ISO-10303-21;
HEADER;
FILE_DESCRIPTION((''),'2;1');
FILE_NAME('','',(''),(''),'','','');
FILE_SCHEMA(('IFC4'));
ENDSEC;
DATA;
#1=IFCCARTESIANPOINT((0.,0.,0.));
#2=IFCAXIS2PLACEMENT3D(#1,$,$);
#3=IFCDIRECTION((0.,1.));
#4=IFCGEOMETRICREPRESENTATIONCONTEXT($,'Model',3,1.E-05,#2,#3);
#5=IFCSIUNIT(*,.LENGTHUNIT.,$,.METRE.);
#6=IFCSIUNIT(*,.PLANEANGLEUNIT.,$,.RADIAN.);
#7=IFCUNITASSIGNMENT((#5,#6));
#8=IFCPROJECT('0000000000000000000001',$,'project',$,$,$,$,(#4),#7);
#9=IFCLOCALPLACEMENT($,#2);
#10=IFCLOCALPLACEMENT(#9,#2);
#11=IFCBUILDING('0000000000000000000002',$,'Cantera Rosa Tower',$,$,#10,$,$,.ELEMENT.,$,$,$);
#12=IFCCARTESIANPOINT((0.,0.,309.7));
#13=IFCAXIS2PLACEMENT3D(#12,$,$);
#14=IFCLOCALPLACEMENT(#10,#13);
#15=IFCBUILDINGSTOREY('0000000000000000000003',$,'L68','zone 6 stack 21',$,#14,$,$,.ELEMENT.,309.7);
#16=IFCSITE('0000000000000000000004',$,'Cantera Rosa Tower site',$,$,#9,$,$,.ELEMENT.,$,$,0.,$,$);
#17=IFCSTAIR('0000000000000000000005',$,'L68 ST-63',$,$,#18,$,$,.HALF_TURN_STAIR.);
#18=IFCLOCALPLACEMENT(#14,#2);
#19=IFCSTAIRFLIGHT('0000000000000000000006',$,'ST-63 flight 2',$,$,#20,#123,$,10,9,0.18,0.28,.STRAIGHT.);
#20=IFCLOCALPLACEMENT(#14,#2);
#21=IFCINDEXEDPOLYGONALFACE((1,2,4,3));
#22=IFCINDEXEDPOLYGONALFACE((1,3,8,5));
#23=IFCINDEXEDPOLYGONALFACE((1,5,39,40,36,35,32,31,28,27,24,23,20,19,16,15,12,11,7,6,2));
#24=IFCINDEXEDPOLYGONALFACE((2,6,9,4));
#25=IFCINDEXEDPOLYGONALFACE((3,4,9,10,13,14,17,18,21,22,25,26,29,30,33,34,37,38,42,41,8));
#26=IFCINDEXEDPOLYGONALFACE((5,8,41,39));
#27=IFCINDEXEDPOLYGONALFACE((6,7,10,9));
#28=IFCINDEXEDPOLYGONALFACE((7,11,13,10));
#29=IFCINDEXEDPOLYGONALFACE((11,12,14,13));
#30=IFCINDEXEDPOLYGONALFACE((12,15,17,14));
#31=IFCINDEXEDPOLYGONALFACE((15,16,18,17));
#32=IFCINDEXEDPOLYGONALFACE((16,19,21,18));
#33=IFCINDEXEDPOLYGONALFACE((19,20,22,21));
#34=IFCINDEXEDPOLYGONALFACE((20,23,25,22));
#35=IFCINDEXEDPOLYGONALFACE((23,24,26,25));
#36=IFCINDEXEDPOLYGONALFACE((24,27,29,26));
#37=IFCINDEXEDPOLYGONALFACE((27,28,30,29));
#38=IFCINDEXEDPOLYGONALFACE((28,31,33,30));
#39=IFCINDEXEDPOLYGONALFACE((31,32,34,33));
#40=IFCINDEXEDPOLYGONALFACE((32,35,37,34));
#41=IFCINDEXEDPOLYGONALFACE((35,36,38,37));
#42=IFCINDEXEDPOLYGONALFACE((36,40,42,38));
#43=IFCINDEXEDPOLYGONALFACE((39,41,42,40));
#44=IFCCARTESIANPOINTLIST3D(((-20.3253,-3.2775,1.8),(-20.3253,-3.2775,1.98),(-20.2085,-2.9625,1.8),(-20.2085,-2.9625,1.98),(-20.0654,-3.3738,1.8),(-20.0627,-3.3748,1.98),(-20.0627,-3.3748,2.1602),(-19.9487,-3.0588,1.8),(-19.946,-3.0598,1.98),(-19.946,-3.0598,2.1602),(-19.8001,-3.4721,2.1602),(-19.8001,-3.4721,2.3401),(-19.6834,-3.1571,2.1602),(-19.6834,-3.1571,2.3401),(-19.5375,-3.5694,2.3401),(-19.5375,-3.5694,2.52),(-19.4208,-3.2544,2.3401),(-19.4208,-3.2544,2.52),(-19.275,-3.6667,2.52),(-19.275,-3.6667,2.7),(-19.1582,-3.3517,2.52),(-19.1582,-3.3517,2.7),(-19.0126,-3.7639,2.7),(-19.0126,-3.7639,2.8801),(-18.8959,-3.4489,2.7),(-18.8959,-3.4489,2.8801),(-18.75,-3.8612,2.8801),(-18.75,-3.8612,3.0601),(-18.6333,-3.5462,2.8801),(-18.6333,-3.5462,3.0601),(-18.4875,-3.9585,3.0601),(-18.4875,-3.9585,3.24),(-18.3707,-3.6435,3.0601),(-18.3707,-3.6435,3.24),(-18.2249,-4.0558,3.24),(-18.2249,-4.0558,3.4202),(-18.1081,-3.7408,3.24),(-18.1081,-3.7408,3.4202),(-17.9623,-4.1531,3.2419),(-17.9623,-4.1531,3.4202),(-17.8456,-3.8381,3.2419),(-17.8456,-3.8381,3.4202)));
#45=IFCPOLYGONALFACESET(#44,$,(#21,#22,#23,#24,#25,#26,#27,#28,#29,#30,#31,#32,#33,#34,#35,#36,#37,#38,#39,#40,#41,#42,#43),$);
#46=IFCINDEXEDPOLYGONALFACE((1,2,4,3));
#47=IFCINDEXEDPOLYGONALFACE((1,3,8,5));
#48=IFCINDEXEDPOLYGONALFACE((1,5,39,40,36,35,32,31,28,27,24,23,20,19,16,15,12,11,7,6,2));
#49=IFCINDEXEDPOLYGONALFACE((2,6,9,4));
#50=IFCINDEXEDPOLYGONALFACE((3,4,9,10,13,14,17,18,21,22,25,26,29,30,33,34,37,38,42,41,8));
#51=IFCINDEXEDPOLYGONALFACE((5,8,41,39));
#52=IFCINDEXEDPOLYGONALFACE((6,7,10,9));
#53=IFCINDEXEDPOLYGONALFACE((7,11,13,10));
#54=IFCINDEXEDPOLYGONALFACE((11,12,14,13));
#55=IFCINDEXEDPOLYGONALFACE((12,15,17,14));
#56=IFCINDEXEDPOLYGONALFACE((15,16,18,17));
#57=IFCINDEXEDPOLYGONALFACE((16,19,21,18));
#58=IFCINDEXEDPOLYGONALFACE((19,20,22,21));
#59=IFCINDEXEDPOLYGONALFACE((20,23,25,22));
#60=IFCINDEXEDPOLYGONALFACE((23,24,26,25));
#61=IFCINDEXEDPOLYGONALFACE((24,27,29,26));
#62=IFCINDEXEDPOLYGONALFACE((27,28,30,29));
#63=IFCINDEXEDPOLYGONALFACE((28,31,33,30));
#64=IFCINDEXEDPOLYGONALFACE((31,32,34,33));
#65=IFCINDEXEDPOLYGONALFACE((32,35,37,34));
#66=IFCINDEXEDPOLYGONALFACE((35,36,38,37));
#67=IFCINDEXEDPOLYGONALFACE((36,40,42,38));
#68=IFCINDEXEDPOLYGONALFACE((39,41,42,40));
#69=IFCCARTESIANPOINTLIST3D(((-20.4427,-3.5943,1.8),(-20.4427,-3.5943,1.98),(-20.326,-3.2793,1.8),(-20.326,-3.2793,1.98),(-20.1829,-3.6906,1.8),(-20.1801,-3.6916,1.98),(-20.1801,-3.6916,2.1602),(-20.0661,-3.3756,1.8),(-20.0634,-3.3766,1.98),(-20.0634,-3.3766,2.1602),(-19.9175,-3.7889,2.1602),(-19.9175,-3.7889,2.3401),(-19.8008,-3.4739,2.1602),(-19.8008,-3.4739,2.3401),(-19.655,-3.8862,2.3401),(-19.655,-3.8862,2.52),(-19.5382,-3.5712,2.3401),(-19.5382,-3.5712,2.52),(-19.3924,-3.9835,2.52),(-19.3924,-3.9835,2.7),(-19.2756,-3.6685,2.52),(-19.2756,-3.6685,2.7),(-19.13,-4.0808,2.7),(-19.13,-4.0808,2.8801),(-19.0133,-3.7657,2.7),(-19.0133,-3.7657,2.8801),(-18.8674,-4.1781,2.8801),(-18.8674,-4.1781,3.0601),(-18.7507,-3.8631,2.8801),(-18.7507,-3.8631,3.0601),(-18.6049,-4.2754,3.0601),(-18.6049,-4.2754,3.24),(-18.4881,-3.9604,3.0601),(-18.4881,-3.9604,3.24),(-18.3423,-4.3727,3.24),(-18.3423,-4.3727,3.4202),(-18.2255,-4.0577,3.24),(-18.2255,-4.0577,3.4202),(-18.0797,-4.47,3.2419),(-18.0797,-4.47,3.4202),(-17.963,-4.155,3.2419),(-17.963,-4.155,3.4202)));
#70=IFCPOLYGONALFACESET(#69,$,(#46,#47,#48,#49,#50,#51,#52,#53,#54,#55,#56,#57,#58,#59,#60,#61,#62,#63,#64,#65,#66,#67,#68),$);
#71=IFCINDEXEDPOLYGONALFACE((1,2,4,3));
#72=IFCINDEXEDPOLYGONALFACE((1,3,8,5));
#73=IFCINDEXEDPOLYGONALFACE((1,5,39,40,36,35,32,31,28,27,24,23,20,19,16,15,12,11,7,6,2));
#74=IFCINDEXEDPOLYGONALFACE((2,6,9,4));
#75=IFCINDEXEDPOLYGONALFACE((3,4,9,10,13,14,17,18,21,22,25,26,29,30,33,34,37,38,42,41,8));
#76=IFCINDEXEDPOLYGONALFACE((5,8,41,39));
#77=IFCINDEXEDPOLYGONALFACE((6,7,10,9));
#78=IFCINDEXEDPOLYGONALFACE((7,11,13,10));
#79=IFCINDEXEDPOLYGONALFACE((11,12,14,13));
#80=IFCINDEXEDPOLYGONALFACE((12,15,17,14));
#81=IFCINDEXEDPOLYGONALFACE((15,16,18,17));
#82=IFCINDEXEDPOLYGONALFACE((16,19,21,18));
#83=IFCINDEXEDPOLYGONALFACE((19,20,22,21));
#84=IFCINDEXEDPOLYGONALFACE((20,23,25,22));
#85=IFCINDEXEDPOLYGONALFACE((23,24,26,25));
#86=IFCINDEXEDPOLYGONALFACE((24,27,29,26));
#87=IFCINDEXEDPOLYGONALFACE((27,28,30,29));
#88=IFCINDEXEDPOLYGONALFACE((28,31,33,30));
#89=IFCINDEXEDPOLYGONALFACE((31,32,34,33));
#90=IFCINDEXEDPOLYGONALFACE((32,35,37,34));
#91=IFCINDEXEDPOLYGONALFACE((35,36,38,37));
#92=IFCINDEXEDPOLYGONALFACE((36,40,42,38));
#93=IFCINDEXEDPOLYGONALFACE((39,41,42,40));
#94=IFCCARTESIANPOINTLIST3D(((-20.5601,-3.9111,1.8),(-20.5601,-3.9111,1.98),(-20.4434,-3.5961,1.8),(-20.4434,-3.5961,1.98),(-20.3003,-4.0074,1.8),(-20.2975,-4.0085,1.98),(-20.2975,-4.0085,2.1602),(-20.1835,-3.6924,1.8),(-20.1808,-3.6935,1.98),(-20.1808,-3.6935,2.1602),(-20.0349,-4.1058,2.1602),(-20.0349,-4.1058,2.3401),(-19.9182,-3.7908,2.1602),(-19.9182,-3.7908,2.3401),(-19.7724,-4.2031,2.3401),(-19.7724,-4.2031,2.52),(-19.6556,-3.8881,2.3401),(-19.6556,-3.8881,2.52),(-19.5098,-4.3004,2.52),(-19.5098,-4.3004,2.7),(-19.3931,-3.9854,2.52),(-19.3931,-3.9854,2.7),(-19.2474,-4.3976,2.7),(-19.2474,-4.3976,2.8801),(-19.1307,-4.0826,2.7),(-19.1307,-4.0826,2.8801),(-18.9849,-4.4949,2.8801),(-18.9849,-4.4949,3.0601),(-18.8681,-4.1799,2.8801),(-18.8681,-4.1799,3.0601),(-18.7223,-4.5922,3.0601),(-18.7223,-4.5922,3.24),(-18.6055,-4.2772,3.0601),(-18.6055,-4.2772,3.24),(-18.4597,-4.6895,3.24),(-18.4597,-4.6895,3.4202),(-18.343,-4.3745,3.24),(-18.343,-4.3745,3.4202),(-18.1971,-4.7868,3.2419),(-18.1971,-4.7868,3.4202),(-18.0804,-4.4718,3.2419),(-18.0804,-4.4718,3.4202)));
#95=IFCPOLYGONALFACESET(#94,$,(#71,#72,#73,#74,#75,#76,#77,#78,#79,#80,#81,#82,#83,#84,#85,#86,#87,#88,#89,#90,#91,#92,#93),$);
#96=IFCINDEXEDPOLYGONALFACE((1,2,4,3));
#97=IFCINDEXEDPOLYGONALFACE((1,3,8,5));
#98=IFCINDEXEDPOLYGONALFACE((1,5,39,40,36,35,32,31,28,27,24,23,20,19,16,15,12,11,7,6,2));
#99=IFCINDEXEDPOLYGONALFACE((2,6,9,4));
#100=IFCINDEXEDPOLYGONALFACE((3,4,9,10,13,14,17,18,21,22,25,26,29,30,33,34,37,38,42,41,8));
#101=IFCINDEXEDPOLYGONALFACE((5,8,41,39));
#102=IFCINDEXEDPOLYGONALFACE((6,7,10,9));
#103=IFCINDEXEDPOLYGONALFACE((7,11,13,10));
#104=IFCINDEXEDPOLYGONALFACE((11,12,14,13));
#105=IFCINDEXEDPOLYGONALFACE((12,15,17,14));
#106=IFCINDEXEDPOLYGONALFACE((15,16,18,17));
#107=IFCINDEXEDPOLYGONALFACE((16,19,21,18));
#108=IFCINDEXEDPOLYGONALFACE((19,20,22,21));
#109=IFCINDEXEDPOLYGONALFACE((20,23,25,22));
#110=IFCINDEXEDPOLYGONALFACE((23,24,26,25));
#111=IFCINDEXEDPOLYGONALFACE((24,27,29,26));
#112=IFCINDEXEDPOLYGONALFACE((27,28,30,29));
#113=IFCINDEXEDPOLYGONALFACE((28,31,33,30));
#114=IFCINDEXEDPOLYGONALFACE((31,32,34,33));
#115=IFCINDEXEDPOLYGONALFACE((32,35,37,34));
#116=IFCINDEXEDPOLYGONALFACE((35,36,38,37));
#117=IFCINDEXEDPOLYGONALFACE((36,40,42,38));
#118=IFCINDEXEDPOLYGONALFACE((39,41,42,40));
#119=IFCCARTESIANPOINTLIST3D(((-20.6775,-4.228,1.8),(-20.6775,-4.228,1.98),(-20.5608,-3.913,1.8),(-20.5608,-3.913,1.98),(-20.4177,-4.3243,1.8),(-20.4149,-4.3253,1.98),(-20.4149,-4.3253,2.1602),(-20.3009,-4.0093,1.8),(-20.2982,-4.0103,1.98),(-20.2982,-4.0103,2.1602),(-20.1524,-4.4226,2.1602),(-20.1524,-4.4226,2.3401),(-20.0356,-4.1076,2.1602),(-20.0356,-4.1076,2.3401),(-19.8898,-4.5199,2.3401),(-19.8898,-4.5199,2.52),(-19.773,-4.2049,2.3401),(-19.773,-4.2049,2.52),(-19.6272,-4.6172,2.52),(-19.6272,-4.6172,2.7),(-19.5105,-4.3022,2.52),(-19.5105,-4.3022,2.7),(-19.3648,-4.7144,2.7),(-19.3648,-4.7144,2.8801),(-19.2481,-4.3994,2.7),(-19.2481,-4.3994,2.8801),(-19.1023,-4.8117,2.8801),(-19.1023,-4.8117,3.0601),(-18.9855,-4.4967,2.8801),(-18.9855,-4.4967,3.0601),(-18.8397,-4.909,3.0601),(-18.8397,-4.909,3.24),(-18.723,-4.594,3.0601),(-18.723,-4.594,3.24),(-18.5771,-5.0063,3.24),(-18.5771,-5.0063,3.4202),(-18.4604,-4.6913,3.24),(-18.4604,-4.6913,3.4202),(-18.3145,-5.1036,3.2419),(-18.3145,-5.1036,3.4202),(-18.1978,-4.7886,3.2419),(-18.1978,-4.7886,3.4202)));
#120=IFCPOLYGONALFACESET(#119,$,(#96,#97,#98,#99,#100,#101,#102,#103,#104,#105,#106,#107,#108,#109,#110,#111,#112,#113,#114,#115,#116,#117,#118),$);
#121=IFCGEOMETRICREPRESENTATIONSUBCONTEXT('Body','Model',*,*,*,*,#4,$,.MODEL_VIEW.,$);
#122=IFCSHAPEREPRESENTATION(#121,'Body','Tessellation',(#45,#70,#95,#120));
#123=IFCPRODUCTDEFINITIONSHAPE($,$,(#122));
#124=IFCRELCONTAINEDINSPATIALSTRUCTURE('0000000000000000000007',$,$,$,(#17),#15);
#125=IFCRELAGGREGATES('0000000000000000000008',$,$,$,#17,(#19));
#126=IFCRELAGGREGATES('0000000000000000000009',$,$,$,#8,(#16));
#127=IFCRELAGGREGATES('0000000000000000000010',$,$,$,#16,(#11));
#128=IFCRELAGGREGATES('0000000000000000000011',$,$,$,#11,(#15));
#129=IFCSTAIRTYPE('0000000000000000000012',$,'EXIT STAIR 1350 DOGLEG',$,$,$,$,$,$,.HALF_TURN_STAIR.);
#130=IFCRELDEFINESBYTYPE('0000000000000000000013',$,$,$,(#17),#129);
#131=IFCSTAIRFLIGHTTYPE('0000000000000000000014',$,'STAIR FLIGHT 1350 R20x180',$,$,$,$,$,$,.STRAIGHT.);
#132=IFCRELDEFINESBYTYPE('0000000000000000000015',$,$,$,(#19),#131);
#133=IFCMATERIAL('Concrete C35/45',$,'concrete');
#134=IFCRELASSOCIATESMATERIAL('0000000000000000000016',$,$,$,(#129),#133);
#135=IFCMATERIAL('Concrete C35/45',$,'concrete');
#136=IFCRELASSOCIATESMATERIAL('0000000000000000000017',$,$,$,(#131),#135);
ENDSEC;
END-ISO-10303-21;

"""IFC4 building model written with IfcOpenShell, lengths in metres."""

from ifc_helpers import new_model, si_unit, direction, frame, origin, place, context, subcontext, project, spatial, polyline, outline, extrude, material, type_object, element, aggregate, save


model = new_model("IFC4")

# Units and contexts
model_context = context("Model", 3, precision=1e-05, world=origin(), true_north=direction((0.0, 1.0)))
body_context = subcontext(model_context, "Body", "Model", "MODEL_VIEW")
ifc_project = project(units=[si_unit("LENGTHUNIT", "METRE"), si_unit("PLANEANGLEUNIT", "RADIAN")], contexts=[model_context])

# Site, building, storey
site_placement = place(None, origin())
site = spatial("IfcSite", under=ifc_project, at=site_placement, Name="Cantera Rosa Tower site", CompositionType="ELEMENT", RefElevation=0.0)
building_placement = place(site_placement, origin())
building = spatial("IfcBuilding", under=site, at=building_placement, Name="Cantera Rosa Tower", CompositionType="ELEMENT")
storey_placement = place(building_placement, frame((0.0, 0.0, 309.7)))
storey = spatial("IfcBuildingStorey", under=building, at=storey_placement, Name="L68", Description="zone 6 stack 21", CompositionType="ELEMENT", Elevation=309.7)

# Stair, stair flight
ifc_material_1 = material(Name="Concrete C35/45", Category="concrete")
stair_type = type_object("IfcStairType", Name="EXIT STAIR 1350 DOGLEG", PredefinedType="HALF_TURN_STAIR", material=ifc_material_1)
stair_placement = place(storey_placement, origin())
stair = element("IfcStair", 1, at=stair_placement, inside=storey, type_object=stair_type, Name="L68 ST-63", PredefinedType="HALF_TURN_STAIR")
ifc_material_2 = material(Name="Concrete C35/45", Category="concrete")
stair_flight_type = type_object("IfcStairFlightType", Name="STAIR FLIGHT 1350 R20x180", PredefinedType="STRAIGHT", material=ifc_material_2)
stair_flight_1_placement = place(storey_placement, frame((-20.4431, -3.5955, 1.8), z_axis=(0.0, 0.0, 1.0), x_axis=(0.937687, -0.347481, 0.0)))
stair_flight_1 = element("IfcStairFlight", 2, at=stair_flight_1_placement, type_object=stair_flight_type, Name="ST-63 flight 2", NumberOfRisers=10, NumberOfTreads=9, PredefinedType="STRAIGHT", RiserHeight=0.18, TreadLength=0.28, context=body_context, shape_type="SweptSolid", body=[
    extrude(outline(polyline([(0.0, 0.0), (0.0, 0.1799), (0.28, 0.1799), (0.28, 0.3601), (0.5601, 0.3601), (0.5601, 0.54), (0.8401, 0.54), (0.8401, 0.72), (1.1201, 0.72), (1.1201, 0.8999), (1.3999, 0.8999), (1.3999, 1.0801), (1.6799, 1.0801), (1.6799, 1.26), (1.96, 1.26), (1.96, 1.4399), (2.24, 1.4399), (2.24, 1.6201), (2.52, 1.6201), (2.52, 1.8), (2.52, 1.4419), (0.2771, 0.0), (0.0, 0.0)])), frame((0.0, 0.675, 0.0), z_axis=(0.0, -1.0, 0.0), x_axis=(1.0, 0.0, 0.0)), (0.0, 0.0, 1.0), 0.3359),
    extrude(outline(polyline([(0.0, 0.0), (0.0, 0.1799), (0.28, 0.1799), (0.28, 0.3601), (0.5601, 0.3601), (0.5601, 0.54), (0.8401, 0.54), (0.8401, 0.72), (1.1201, 0.72), (1.1201, 0.8999), (1.3999, 0.8999), (1.3999, 1.0801), (1.6799, 1.0801), (1.6799, 1.26), (1.96, 1.26), (1.96, 1.4399), (2.24, 1.4399), (2.24, 1.6201), (2.52, 1.6201), (2.52, 1.8), (2.52, 1.4419), (0.2771, 0.0), (0.0, 0.0)])), frame((0.0, 0.3372, 0.0), z_axis=(0.0, -1.0, 0.0), x_axis=(1.0, 0.0, 0.0)), (0.0, 0.0, 1.0), 0.3359),
    extrude(outline(polyline([(0.0, 0.0), (0.0, 0.1799), (0.28, 0.1799), (0.28, 0.3601), (0.5601, 0.3601), (0.5601, 0.54), (0.8401, 0.54), (0.8401, 0.72), (1.1201, 0.72), (1.1201, 0.8999), (1.3999, 0.8999), (1.3999, 1.0801), (1.6799, 1.0801), (1.6799, 1.26), (1.96, 1.26), (1.96, 1.4399), (2.24, 1.4399), (2.24, 1.6201), (2.52, 1.6201), (2.52, 1.8), (2.52, 1.4419), (0.2771, 0.0), (0.0, 0.0)])), frame((0.0, -0.0007, 0.0), z_axis=(0.0, -1.0, 0.0), x_axis=(1.0, 0.0, 0.0)), (0.0, 0.0, 1.0), 0.3359),
    extrude(outline(polyline([(0.0, 0.0), (0.0, 0.1799), (0.28, 0.1799), (0.28, 0.3601), (0.5601, 0.3601), (0.5601, 0.54), (0.8401, 0.54), (0.8401, 0.72), (1.1201, 0.72), (1.1201, 0.8999), (1.3999, 0.8999), (1.3999, 1.0801), (1.6799, 1.0801), (1.6799, 1.26), (1.96, 1.26), (1.96, 1.4399), (2.24, 1.4399), (2.24, 1.6201), (2.52, 1.6201), (2.52, 1.8), (2.52, 1.4419), (0.2771, 0.0), (0.0, 0.0)])), frame((0.0, -0.3386, 0.0), z_axis=(0.0, -1.0, 0.0), x_axis=(1.0, 0.0, 0.0)), (0.0, 0.0, 1.0), 0.3359),
])
aggregate(stair, [stair_flight_1])

save(model, "model.ifc")
